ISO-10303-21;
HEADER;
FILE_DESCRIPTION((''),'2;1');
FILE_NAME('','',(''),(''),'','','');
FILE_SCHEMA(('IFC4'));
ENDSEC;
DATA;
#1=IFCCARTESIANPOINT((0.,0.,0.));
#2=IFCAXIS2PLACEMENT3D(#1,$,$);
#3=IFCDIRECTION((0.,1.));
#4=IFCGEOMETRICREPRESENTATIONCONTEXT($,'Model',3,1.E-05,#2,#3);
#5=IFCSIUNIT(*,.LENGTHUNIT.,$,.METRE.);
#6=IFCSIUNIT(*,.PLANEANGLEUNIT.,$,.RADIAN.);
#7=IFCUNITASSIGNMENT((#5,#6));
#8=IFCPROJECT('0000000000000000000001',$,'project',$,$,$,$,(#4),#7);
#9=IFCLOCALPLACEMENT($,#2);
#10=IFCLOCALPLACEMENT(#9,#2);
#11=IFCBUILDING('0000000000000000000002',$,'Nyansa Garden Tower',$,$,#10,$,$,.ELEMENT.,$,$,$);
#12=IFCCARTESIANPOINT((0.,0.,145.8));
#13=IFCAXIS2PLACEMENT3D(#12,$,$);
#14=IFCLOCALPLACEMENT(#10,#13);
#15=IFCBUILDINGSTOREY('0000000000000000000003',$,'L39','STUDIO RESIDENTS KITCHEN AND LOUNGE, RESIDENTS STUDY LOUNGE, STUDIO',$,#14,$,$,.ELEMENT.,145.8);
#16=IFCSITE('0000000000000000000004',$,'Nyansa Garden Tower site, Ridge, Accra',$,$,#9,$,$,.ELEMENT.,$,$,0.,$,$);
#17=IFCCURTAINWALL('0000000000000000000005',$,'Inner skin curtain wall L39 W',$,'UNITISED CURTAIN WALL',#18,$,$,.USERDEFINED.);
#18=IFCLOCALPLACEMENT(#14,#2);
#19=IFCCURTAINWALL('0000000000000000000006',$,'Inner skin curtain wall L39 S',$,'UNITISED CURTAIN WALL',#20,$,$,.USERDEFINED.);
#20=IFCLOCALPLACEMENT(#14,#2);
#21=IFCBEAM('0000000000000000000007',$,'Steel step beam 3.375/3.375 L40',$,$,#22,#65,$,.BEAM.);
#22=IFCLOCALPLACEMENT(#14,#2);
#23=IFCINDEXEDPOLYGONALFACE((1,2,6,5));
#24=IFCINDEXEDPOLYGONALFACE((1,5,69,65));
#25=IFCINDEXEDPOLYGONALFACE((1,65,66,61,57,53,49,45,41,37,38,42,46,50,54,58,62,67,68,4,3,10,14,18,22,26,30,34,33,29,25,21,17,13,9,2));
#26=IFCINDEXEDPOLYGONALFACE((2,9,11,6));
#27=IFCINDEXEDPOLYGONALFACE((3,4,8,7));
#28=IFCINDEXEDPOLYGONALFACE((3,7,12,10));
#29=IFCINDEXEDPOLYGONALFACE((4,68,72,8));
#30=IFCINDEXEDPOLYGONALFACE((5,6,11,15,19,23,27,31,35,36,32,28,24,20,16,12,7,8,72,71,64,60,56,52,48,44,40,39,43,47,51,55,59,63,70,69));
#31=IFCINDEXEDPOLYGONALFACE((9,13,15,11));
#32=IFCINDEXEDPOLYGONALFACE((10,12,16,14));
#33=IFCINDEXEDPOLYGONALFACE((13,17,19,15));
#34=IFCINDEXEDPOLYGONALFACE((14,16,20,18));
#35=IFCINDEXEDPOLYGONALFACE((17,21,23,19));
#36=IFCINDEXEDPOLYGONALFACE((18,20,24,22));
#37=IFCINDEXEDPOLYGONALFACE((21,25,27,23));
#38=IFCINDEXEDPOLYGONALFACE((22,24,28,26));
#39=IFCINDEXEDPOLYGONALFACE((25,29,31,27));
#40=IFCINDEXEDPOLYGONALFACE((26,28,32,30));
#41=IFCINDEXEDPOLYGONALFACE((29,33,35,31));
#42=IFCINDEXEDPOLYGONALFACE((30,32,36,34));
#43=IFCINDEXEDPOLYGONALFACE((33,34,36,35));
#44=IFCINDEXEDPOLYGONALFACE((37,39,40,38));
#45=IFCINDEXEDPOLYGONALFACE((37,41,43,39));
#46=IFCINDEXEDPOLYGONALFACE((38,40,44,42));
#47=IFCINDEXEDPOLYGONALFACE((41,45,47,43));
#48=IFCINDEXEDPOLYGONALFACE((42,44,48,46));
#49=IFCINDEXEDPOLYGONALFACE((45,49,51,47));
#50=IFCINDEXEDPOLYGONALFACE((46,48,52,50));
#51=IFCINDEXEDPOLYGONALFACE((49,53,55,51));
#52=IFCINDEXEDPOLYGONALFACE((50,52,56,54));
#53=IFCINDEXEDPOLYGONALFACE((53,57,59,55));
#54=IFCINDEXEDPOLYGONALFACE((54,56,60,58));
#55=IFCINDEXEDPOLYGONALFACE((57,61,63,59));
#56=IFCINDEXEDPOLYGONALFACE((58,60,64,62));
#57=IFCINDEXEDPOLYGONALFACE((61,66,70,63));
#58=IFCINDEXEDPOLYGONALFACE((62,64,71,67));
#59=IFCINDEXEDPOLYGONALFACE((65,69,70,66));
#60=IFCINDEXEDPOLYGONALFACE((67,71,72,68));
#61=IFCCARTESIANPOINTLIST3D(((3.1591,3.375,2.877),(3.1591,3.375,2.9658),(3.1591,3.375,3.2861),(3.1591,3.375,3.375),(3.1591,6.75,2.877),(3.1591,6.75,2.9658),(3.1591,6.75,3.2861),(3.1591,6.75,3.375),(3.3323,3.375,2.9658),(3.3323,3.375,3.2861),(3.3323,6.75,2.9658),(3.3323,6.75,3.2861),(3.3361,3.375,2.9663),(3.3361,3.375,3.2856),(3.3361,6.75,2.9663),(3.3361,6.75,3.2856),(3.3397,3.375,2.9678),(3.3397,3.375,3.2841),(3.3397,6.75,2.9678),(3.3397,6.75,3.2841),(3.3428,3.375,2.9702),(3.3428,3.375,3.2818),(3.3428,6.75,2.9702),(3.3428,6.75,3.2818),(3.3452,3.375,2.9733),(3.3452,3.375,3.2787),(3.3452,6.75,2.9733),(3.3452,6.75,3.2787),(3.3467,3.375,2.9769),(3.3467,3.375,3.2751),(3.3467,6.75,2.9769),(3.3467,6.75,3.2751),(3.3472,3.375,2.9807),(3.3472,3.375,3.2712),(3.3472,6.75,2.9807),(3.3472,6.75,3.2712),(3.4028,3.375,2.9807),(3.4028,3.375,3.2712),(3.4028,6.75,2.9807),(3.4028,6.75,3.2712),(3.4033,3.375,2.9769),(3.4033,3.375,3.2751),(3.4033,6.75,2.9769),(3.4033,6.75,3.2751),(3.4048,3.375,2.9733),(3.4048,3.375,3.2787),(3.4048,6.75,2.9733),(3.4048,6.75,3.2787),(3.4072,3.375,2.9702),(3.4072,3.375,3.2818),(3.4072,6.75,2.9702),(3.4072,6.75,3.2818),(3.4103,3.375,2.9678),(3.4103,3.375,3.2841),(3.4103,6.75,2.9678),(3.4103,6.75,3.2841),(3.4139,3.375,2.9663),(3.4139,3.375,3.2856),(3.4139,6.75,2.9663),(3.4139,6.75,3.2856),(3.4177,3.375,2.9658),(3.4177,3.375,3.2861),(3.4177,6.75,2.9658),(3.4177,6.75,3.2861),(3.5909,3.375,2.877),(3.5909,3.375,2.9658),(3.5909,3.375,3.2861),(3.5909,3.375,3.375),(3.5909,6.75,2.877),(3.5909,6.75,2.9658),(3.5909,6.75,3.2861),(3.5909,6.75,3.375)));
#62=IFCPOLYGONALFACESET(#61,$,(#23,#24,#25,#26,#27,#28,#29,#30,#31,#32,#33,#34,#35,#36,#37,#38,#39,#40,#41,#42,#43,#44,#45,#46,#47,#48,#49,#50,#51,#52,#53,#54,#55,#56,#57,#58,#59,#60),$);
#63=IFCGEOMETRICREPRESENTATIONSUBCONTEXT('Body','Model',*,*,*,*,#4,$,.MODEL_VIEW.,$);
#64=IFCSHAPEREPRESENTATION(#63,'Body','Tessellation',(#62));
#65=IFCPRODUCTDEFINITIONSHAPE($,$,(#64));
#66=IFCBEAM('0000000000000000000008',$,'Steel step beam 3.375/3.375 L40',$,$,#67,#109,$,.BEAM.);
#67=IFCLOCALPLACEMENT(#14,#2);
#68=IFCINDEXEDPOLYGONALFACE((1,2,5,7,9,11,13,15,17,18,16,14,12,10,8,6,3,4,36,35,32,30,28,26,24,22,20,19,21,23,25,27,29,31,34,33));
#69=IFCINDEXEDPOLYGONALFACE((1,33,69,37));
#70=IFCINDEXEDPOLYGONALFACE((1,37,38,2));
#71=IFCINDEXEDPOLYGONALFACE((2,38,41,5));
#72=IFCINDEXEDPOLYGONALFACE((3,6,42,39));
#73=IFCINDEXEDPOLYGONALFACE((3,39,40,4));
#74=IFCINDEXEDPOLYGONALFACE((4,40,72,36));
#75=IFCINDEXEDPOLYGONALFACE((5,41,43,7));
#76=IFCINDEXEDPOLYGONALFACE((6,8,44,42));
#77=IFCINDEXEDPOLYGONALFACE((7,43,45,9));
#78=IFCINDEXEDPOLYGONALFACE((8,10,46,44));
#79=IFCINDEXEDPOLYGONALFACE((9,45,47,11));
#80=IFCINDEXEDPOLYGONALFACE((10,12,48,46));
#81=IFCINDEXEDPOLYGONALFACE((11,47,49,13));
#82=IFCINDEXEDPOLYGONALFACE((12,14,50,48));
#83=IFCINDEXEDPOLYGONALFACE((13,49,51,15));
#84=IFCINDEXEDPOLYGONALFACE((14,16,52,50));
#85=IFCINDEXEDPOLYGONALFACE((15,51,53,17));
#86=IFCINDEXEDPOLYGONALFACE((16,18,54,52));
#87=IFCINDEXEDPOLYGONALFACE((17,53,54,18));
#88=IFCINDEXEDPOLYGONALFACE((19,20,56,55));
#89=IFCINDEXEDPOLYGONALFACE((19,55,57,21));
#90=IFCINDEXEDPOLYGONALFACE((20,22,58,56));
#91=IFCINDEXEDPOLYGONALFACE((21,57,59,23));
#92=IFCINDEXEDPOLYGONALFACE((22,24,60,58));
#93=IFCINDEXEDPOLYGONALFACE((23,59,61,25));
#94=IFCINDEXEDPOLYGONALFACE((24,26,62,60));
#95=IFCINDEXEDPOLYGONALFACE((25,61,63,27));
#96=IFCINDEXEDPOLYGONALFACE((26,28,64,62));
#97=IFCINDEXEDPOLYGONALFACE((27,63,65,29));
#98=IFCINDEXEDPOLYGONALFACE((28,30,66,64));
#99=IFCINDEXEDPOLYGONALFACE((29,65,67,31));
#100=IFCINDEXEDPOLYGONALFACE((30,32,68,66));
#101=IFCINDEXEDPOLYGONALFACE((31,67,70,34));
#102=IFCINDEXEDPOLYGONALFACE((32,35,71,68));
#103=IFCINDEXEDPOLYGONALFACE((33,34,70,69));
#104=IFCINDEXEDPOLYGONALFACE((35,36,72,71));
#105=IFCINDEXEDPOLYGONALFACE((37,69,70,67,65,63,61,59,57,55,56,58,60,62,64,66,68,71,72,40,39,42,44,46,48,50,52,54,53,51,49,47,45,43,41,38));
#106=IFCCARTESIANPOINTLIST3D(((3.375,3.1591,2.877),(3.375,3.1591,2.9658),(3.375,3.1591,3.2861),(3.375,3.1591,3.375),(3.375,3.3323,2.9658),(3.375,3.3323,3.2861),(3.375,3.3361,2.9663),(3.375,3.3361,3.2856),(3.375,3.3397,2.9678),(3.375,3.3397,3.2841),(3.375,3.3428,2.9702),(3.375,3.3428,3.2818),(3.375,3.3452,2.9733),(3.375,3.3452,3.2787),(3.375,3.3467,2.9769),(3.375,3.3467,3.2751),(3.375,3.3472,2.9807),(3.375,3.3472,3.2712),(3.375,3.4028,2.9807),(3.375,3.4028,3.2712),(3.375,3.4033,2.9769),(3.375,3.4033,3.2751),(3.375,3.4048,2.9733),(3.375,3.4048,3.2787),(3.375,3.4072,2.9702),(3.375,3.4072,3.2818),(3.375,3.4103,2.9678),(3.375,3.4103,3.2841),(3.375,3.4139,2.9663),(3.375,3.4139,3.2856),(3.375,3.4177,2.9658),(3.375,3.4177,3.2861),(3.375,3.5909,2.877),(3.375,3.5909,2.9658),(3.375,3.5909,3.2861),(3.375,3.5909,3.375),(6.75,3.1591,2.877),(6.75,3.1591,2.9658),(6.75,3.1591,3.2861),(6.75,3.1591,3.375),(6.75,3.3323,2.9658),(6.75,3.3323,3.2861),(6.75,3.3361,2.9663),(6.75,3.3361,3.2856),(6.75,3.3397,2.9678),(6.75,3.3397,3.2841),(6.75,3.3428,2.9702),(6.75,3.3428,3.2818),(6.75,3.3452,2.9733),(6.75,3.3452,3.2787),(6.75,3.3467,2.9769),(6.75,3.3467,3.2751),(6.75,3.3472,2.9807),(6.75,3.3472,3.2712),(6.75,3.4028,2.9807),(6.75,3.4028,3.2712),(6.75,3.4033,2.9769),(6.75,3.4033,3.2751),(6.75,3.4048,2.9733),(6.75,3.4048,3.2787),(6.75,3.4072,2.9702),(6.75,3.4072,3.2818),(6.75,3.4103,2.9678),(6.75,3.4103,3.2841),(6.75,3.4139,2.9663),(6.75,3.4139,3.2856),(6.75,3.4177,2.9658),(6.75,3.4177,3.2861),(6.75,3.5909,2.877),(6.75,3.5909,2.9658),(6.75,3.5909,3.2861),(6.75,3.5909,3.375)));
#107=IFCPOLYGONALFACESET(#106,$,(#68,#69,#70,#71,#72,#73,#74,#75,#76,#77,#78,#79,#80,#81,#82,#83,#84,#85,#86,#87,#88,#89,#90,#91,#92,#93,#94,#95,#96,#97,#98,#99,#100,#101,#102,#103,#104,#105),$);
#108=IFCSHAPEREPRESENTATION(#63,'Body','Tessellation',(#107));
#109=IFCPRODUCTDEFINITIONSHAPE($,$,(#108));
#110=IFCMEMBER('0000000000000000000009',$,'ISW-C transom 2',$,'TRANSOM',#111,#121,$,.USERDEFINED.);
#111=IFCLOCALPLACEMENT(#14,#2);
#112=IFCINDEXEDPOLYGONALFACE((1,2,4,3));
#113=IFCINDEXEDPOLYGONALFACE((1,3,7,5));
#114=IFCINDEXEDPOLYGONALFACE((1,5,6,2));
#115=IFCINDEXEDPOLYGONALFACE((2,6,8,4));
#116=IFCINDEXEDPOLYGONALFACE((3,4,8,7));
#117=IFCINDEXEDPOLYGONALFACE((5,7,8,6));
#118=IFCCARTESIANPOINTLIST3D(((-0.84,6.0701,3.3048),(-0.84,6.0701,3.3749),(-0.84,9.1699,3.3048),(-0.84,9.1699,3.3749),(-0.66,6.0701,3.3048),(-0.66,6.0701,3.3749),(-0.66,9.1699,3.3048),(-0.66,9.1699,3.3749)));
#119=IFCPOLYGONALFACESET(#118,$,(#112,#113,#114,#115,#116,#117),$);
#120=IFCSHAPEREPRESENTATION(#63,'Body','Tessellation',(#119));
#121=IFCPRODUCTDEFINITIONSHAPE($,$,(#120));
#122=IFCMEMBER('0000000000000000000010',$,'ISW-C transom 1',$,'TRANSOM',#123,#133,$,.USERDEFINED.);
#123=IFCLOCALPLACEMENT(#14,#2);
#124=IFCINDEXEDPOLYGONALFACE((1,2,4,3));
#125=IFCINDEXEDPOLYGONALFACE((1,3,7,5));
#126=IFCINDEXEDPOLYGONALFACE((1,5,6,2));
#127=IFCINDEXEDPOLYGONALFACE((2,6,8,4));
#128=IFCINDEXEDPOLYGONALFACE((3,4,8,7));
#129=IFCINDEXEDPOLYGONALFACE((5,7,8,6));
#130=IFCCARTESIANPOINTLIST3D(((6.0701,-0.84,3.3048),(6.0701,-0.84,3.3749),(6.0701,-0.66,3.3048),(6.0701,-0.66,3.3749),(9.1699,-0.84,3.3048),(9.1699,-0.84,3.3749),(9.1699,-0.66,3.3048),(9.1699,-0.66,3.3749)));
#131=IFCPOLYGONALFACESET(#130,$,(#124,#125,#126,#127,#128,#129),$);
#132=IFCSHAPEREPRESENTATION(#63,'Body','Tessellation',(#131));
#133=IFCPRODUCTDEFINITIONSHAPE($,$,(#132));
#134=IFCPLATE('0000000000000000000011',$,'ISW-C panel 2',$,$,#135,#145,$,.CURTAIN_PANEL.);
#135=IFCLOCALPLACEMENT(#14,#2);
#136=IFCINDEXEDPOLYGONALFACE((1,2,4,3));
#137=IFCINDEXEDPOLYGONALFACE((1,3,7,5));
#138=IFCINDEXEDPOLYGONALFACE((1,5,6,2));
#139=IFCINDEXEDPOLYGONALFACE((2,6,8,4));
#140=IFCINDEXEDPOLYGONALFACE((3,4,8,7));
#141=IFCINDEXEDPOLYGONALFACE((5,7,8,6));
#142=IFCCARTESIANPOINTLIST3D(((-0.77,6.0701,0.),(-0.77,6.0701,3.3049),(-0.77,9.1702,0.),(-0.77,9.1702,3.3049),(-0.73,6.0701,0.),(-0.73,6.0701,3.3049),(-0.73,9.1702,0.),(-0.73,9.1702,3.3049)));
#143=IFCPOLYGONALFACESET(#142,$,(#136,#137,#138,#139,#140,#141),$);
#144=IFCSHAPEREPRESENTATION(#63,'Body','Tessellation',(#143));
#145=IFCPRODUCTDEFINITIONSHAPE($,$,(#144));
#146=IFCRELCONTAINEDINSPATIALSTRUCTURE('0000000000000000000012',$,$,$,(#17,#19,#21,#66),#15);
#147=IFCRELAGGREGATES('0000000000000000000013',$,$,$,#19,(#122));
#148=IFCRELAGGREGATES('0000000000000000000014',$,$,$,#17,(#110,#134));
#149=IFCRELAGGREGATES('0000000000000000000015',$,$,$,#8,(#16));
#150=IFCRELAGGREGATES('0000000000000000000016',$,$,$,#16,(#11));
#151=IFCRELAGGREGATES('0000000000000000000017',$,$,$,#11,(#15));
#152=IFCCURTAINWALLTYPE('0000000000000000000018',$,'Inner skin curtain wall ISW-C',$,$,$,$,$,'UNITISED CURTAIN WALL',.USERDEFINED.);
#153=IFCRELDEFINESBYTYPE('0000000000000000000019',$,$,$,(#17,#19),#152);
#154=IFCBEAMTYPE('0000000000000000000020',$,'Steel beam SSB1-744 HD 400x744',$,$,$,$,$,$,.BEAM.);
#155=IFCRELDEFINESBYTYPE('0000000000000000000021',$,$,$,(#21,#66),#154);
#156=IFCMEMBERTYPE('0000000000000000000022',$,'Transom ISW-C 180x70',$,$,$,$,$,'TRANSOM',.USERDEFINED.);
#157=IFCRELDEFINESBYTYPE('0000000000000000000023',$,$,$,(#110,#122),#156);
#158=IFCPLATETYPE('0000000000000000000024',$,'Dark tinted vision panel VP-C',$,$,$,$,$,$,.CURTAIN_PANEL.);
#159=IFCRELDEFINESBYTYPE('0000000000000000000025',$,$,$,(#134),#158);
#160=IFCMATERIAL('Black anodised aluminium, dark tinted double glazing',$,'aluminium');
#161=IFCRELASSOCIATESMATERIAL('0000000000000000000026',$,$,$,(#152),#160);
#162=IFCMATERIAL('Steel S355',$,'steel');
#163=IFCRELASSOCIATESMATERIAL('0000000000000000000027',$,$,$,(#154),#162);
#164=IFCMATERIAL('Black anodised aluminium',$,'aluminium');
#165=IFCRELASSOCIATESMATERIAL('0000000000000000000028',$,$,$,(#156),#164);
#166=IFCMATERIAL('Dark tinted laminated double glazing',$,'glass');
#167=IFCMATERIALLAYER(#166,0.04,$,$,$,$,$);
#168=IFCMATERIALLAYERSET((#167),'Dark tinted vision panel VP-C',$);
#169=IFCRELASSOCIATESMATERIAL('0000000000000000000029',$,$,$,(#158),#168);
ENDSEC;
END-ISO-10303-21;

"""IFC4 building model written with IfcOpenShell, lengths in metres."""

from ifc_helpers import new_model, si_unit, direction, frame, origin, origin_2d, place, context, subcontext, project, spatial, rectangle, i_section, extrude, material, layer, layer_set, material_profile, profile_set, type_object, element, aggregate, save


model = new_model("IFC4")

# Units and contexts
model_context = context("Model", 3, precision=1e-05, world=origin(), true_north=direction((0.0, 1.0)))
body_context = subcontext(model_context, "Body", "Model", "MODEL_VIEW")
ifc_project = project(units=[si_unit("LENGTHUNIT", "METRE"), si_unit("PLANEANGLEUNIT", "RADIAN")], contexts=[model_context])

# Site, building, storey
site_placement = place(None, origin())
site = spatial("IfcSite", under=ifc_project, at=site_placement, Name="Nyansa Garden Tower site, Ridge, Accra", CompositionType="ELEMENT", RefElevation=0.0)
building_placement = place(site_placement, origin())
building = spatial("IfcBuilding", under=site, at=building_placement, Name="Nyansa Garden Tower", CompositionType="ELEMENT")
storey_placement = place(building_placement, frame((0.0, 0.0, 145.8)))
storey = spatial("IfcBuildingStorey", under=building, at=storey_placement, Name="L39", Description="STUDIO RESIDENTS KITCHEN AND LOUNGE, RESIDENTS STUDY LOUNGE, STUDIO", CompositionType="ELEMENT", Elevation=145.8)

# Curtain walls
ifc_material_1 = material(Name="Black anodised aluminium, dark tinted double glazing", Category="aluminium")
curtain_wall_type = type_object("IfcCurtainWallType", Name="Inner skin curtain wall ISW-C", ElementType="UNITISED CURTAIN WALL", PredefinedType="USERDEFINED", material=ifc_material_1)
curtain_wall_1_placement = place(storey_placement, origin())
curtain_wall_1 = element("IfcCurtainWall", 1, at=curtain_wall_1_placement, inside=storey, type_object=curtain_wall_type, Name="Inner skin curtain wall L39 W", ObjectType="UNITISED CURTAIN WALL", PredefinedType="USERDEFINED")
curtain_wall_2_placement = place(storey_placement, origin())
curtain_wall_2 = element("IfcCurtainWall", 2, at=curtain_wall_2_placement, inside=storey, type_object=curtain_wall_type, Name="Inner skin curtain wall L39 S", ObjectType="UNITISED CURTAIN WALL", PredefinedType="USERDEFINED")

# Beams
ifc_material_2 = material(Name="Steel S355", Category="steel")
ifc_material_profile_1 = material_profile(ifc_material_2, i_section(OverallWidth=0.4319, OverallDepth=0.498, WebThickness=0.0557, FlangeThickness=0.0889, FilletRadius=0.0149, at=origin_2d()), Name="HD 400x744")
ifc_profile_set_1 = profile_set([ifc_material_profile_1], Name="Steel S355")
beam_type_1 = type_object("IfcBeamType", Name="Steel beam SSB1-744 HD 400x744", PredefinedType="BEAM", material=ifc_profile_set_1)
for number, where, z_axis, x_axis, name in (
    (3, (3.375, 3.375, 3.126), (0.0, 1.0, 0.0), (-1.0, 0.0, 0.0), "Steel step beam 3.375/3.375 L40"),
    (4, (3.375, 3.375, 3.126), (1.0, 0.0, 0.0), (0.0, 1.0, 0.0), "Steel step beam 3.375/3.375 L40"),
):
    element("IfcBeam", number, at=place(storey_placement, frame(where, z_axis=z_axis, x_axis=x_axis)), inside=storey, type_object=beam_type_1, Name=name, PredefinedType="BEAM", context=body_context, shape_type="SweptSolid", body=[
        extrude(i_section(OverallWidth=0.4319, OverallDepth=0.498, WebThickness=0.0557, FlangeThickness=0.0889, FilletRadius=0.0149, at=origin_2d()), origin(), (0.0, 0.0, 1.0), 3.375),
    ])

# Members
ifc_material_3 = material(Name="Black anodised aluminium", Category="aluminium")
ifc_material_profile_2 = material_profile(ifc_material_3, rectangle(XDim=0.1799, YDim=0.0701, at=origin_2d()), Name="Transom 180x70")
ifc_profile_set_2 = profile_set([ifc_material_profile_2], Name="Black anodised aluminium")
member_type_1 = type_object("IfcMemberType", Name="Transom ISW-C 180x70", ElementType="TRANSOM", PredefinedType="USERDEFINED", material=ifc_profile_set_2)
member_1_placement = place(storey_placement, frame((-0.75, 9.1699, 3.3398), z_axis=(0.0, -1.0, 0.0), x_axis=(1.0, 0.0, 0.0)))
member_1 = element("IfcMember", 5, at=member_1_placement, type_object=member_type_1, Name="ISW-C transom 2", ObjectType="TRANSOM", PredefinedType="USERDEFINED", context=body_context, shape_type="SweptSolid", body=[
    extrude(rectangle(XDim=0.1799, YDim=0.0701, at=origin_2d()), origin(), (0.0, 0.0, 1.0), 3.0999),
])
member_2_placement = place(storey_placement, frame((6.0701, -0.75, 3.3398), z_axis=(1.0, 0.0, 0.0), x_axis=(0.0, 1.0, 0.0)))
member_2 = element("IfcMember", 6, at=member_2_placement, type_object=member_type_1, Name="ISW-C transom 1", ObjectType="TRANSOM", PredefinedType="USERDEFINED", context=body_context, shape_type="SweptSolid", body=[
    extrude(rectangle(XDim=0.1799, YDim=0.0701, at=origin_2d()), origin(), (0.0, 0.0, 1.0), 3.0999),
])
aggregate(curtain_wall_2, [member_2])

# Plate
ifc_material_4 = material(Name="Dark tinted laminated double glazing", Category="glass")
ifc_layer_1 = layer(ifc_material_4, 0.04)
ifc_layer_set_1 = layer_set([ifc_layer_1], Name="Dark tinted vision panel VP-C")
plate_type = type_object("IfcPlateType", Name="Dark tinted vision panel VP-C", PredefinedType="CURTAIN_PANEL", material=ifc_layer_set_1)
plate_placement = place(storey_placement, frame((-0.75, 7.6201, 0.0), z_axis=(0.0, 0.0, 1.0), x_axis=(0.0, -1.0, 0.0)))
plate = element("IfcPlate", 7, at=plate_placement, type_object=plate_type, Name="ISW-C panel 2", PredefinedType="CURTAIN_PANEL", context=body_context, shape_type="SweptSolid", body=[
    extrude(rectangle(XDim=3.1001, YDim=0.04, at=origin_2d()), origin(), (0.0, 0.0, 1.0), 3.3049),
])
aggregate(curtain_wall_1, [member_1, plate])

save(model, "model.ifc")
